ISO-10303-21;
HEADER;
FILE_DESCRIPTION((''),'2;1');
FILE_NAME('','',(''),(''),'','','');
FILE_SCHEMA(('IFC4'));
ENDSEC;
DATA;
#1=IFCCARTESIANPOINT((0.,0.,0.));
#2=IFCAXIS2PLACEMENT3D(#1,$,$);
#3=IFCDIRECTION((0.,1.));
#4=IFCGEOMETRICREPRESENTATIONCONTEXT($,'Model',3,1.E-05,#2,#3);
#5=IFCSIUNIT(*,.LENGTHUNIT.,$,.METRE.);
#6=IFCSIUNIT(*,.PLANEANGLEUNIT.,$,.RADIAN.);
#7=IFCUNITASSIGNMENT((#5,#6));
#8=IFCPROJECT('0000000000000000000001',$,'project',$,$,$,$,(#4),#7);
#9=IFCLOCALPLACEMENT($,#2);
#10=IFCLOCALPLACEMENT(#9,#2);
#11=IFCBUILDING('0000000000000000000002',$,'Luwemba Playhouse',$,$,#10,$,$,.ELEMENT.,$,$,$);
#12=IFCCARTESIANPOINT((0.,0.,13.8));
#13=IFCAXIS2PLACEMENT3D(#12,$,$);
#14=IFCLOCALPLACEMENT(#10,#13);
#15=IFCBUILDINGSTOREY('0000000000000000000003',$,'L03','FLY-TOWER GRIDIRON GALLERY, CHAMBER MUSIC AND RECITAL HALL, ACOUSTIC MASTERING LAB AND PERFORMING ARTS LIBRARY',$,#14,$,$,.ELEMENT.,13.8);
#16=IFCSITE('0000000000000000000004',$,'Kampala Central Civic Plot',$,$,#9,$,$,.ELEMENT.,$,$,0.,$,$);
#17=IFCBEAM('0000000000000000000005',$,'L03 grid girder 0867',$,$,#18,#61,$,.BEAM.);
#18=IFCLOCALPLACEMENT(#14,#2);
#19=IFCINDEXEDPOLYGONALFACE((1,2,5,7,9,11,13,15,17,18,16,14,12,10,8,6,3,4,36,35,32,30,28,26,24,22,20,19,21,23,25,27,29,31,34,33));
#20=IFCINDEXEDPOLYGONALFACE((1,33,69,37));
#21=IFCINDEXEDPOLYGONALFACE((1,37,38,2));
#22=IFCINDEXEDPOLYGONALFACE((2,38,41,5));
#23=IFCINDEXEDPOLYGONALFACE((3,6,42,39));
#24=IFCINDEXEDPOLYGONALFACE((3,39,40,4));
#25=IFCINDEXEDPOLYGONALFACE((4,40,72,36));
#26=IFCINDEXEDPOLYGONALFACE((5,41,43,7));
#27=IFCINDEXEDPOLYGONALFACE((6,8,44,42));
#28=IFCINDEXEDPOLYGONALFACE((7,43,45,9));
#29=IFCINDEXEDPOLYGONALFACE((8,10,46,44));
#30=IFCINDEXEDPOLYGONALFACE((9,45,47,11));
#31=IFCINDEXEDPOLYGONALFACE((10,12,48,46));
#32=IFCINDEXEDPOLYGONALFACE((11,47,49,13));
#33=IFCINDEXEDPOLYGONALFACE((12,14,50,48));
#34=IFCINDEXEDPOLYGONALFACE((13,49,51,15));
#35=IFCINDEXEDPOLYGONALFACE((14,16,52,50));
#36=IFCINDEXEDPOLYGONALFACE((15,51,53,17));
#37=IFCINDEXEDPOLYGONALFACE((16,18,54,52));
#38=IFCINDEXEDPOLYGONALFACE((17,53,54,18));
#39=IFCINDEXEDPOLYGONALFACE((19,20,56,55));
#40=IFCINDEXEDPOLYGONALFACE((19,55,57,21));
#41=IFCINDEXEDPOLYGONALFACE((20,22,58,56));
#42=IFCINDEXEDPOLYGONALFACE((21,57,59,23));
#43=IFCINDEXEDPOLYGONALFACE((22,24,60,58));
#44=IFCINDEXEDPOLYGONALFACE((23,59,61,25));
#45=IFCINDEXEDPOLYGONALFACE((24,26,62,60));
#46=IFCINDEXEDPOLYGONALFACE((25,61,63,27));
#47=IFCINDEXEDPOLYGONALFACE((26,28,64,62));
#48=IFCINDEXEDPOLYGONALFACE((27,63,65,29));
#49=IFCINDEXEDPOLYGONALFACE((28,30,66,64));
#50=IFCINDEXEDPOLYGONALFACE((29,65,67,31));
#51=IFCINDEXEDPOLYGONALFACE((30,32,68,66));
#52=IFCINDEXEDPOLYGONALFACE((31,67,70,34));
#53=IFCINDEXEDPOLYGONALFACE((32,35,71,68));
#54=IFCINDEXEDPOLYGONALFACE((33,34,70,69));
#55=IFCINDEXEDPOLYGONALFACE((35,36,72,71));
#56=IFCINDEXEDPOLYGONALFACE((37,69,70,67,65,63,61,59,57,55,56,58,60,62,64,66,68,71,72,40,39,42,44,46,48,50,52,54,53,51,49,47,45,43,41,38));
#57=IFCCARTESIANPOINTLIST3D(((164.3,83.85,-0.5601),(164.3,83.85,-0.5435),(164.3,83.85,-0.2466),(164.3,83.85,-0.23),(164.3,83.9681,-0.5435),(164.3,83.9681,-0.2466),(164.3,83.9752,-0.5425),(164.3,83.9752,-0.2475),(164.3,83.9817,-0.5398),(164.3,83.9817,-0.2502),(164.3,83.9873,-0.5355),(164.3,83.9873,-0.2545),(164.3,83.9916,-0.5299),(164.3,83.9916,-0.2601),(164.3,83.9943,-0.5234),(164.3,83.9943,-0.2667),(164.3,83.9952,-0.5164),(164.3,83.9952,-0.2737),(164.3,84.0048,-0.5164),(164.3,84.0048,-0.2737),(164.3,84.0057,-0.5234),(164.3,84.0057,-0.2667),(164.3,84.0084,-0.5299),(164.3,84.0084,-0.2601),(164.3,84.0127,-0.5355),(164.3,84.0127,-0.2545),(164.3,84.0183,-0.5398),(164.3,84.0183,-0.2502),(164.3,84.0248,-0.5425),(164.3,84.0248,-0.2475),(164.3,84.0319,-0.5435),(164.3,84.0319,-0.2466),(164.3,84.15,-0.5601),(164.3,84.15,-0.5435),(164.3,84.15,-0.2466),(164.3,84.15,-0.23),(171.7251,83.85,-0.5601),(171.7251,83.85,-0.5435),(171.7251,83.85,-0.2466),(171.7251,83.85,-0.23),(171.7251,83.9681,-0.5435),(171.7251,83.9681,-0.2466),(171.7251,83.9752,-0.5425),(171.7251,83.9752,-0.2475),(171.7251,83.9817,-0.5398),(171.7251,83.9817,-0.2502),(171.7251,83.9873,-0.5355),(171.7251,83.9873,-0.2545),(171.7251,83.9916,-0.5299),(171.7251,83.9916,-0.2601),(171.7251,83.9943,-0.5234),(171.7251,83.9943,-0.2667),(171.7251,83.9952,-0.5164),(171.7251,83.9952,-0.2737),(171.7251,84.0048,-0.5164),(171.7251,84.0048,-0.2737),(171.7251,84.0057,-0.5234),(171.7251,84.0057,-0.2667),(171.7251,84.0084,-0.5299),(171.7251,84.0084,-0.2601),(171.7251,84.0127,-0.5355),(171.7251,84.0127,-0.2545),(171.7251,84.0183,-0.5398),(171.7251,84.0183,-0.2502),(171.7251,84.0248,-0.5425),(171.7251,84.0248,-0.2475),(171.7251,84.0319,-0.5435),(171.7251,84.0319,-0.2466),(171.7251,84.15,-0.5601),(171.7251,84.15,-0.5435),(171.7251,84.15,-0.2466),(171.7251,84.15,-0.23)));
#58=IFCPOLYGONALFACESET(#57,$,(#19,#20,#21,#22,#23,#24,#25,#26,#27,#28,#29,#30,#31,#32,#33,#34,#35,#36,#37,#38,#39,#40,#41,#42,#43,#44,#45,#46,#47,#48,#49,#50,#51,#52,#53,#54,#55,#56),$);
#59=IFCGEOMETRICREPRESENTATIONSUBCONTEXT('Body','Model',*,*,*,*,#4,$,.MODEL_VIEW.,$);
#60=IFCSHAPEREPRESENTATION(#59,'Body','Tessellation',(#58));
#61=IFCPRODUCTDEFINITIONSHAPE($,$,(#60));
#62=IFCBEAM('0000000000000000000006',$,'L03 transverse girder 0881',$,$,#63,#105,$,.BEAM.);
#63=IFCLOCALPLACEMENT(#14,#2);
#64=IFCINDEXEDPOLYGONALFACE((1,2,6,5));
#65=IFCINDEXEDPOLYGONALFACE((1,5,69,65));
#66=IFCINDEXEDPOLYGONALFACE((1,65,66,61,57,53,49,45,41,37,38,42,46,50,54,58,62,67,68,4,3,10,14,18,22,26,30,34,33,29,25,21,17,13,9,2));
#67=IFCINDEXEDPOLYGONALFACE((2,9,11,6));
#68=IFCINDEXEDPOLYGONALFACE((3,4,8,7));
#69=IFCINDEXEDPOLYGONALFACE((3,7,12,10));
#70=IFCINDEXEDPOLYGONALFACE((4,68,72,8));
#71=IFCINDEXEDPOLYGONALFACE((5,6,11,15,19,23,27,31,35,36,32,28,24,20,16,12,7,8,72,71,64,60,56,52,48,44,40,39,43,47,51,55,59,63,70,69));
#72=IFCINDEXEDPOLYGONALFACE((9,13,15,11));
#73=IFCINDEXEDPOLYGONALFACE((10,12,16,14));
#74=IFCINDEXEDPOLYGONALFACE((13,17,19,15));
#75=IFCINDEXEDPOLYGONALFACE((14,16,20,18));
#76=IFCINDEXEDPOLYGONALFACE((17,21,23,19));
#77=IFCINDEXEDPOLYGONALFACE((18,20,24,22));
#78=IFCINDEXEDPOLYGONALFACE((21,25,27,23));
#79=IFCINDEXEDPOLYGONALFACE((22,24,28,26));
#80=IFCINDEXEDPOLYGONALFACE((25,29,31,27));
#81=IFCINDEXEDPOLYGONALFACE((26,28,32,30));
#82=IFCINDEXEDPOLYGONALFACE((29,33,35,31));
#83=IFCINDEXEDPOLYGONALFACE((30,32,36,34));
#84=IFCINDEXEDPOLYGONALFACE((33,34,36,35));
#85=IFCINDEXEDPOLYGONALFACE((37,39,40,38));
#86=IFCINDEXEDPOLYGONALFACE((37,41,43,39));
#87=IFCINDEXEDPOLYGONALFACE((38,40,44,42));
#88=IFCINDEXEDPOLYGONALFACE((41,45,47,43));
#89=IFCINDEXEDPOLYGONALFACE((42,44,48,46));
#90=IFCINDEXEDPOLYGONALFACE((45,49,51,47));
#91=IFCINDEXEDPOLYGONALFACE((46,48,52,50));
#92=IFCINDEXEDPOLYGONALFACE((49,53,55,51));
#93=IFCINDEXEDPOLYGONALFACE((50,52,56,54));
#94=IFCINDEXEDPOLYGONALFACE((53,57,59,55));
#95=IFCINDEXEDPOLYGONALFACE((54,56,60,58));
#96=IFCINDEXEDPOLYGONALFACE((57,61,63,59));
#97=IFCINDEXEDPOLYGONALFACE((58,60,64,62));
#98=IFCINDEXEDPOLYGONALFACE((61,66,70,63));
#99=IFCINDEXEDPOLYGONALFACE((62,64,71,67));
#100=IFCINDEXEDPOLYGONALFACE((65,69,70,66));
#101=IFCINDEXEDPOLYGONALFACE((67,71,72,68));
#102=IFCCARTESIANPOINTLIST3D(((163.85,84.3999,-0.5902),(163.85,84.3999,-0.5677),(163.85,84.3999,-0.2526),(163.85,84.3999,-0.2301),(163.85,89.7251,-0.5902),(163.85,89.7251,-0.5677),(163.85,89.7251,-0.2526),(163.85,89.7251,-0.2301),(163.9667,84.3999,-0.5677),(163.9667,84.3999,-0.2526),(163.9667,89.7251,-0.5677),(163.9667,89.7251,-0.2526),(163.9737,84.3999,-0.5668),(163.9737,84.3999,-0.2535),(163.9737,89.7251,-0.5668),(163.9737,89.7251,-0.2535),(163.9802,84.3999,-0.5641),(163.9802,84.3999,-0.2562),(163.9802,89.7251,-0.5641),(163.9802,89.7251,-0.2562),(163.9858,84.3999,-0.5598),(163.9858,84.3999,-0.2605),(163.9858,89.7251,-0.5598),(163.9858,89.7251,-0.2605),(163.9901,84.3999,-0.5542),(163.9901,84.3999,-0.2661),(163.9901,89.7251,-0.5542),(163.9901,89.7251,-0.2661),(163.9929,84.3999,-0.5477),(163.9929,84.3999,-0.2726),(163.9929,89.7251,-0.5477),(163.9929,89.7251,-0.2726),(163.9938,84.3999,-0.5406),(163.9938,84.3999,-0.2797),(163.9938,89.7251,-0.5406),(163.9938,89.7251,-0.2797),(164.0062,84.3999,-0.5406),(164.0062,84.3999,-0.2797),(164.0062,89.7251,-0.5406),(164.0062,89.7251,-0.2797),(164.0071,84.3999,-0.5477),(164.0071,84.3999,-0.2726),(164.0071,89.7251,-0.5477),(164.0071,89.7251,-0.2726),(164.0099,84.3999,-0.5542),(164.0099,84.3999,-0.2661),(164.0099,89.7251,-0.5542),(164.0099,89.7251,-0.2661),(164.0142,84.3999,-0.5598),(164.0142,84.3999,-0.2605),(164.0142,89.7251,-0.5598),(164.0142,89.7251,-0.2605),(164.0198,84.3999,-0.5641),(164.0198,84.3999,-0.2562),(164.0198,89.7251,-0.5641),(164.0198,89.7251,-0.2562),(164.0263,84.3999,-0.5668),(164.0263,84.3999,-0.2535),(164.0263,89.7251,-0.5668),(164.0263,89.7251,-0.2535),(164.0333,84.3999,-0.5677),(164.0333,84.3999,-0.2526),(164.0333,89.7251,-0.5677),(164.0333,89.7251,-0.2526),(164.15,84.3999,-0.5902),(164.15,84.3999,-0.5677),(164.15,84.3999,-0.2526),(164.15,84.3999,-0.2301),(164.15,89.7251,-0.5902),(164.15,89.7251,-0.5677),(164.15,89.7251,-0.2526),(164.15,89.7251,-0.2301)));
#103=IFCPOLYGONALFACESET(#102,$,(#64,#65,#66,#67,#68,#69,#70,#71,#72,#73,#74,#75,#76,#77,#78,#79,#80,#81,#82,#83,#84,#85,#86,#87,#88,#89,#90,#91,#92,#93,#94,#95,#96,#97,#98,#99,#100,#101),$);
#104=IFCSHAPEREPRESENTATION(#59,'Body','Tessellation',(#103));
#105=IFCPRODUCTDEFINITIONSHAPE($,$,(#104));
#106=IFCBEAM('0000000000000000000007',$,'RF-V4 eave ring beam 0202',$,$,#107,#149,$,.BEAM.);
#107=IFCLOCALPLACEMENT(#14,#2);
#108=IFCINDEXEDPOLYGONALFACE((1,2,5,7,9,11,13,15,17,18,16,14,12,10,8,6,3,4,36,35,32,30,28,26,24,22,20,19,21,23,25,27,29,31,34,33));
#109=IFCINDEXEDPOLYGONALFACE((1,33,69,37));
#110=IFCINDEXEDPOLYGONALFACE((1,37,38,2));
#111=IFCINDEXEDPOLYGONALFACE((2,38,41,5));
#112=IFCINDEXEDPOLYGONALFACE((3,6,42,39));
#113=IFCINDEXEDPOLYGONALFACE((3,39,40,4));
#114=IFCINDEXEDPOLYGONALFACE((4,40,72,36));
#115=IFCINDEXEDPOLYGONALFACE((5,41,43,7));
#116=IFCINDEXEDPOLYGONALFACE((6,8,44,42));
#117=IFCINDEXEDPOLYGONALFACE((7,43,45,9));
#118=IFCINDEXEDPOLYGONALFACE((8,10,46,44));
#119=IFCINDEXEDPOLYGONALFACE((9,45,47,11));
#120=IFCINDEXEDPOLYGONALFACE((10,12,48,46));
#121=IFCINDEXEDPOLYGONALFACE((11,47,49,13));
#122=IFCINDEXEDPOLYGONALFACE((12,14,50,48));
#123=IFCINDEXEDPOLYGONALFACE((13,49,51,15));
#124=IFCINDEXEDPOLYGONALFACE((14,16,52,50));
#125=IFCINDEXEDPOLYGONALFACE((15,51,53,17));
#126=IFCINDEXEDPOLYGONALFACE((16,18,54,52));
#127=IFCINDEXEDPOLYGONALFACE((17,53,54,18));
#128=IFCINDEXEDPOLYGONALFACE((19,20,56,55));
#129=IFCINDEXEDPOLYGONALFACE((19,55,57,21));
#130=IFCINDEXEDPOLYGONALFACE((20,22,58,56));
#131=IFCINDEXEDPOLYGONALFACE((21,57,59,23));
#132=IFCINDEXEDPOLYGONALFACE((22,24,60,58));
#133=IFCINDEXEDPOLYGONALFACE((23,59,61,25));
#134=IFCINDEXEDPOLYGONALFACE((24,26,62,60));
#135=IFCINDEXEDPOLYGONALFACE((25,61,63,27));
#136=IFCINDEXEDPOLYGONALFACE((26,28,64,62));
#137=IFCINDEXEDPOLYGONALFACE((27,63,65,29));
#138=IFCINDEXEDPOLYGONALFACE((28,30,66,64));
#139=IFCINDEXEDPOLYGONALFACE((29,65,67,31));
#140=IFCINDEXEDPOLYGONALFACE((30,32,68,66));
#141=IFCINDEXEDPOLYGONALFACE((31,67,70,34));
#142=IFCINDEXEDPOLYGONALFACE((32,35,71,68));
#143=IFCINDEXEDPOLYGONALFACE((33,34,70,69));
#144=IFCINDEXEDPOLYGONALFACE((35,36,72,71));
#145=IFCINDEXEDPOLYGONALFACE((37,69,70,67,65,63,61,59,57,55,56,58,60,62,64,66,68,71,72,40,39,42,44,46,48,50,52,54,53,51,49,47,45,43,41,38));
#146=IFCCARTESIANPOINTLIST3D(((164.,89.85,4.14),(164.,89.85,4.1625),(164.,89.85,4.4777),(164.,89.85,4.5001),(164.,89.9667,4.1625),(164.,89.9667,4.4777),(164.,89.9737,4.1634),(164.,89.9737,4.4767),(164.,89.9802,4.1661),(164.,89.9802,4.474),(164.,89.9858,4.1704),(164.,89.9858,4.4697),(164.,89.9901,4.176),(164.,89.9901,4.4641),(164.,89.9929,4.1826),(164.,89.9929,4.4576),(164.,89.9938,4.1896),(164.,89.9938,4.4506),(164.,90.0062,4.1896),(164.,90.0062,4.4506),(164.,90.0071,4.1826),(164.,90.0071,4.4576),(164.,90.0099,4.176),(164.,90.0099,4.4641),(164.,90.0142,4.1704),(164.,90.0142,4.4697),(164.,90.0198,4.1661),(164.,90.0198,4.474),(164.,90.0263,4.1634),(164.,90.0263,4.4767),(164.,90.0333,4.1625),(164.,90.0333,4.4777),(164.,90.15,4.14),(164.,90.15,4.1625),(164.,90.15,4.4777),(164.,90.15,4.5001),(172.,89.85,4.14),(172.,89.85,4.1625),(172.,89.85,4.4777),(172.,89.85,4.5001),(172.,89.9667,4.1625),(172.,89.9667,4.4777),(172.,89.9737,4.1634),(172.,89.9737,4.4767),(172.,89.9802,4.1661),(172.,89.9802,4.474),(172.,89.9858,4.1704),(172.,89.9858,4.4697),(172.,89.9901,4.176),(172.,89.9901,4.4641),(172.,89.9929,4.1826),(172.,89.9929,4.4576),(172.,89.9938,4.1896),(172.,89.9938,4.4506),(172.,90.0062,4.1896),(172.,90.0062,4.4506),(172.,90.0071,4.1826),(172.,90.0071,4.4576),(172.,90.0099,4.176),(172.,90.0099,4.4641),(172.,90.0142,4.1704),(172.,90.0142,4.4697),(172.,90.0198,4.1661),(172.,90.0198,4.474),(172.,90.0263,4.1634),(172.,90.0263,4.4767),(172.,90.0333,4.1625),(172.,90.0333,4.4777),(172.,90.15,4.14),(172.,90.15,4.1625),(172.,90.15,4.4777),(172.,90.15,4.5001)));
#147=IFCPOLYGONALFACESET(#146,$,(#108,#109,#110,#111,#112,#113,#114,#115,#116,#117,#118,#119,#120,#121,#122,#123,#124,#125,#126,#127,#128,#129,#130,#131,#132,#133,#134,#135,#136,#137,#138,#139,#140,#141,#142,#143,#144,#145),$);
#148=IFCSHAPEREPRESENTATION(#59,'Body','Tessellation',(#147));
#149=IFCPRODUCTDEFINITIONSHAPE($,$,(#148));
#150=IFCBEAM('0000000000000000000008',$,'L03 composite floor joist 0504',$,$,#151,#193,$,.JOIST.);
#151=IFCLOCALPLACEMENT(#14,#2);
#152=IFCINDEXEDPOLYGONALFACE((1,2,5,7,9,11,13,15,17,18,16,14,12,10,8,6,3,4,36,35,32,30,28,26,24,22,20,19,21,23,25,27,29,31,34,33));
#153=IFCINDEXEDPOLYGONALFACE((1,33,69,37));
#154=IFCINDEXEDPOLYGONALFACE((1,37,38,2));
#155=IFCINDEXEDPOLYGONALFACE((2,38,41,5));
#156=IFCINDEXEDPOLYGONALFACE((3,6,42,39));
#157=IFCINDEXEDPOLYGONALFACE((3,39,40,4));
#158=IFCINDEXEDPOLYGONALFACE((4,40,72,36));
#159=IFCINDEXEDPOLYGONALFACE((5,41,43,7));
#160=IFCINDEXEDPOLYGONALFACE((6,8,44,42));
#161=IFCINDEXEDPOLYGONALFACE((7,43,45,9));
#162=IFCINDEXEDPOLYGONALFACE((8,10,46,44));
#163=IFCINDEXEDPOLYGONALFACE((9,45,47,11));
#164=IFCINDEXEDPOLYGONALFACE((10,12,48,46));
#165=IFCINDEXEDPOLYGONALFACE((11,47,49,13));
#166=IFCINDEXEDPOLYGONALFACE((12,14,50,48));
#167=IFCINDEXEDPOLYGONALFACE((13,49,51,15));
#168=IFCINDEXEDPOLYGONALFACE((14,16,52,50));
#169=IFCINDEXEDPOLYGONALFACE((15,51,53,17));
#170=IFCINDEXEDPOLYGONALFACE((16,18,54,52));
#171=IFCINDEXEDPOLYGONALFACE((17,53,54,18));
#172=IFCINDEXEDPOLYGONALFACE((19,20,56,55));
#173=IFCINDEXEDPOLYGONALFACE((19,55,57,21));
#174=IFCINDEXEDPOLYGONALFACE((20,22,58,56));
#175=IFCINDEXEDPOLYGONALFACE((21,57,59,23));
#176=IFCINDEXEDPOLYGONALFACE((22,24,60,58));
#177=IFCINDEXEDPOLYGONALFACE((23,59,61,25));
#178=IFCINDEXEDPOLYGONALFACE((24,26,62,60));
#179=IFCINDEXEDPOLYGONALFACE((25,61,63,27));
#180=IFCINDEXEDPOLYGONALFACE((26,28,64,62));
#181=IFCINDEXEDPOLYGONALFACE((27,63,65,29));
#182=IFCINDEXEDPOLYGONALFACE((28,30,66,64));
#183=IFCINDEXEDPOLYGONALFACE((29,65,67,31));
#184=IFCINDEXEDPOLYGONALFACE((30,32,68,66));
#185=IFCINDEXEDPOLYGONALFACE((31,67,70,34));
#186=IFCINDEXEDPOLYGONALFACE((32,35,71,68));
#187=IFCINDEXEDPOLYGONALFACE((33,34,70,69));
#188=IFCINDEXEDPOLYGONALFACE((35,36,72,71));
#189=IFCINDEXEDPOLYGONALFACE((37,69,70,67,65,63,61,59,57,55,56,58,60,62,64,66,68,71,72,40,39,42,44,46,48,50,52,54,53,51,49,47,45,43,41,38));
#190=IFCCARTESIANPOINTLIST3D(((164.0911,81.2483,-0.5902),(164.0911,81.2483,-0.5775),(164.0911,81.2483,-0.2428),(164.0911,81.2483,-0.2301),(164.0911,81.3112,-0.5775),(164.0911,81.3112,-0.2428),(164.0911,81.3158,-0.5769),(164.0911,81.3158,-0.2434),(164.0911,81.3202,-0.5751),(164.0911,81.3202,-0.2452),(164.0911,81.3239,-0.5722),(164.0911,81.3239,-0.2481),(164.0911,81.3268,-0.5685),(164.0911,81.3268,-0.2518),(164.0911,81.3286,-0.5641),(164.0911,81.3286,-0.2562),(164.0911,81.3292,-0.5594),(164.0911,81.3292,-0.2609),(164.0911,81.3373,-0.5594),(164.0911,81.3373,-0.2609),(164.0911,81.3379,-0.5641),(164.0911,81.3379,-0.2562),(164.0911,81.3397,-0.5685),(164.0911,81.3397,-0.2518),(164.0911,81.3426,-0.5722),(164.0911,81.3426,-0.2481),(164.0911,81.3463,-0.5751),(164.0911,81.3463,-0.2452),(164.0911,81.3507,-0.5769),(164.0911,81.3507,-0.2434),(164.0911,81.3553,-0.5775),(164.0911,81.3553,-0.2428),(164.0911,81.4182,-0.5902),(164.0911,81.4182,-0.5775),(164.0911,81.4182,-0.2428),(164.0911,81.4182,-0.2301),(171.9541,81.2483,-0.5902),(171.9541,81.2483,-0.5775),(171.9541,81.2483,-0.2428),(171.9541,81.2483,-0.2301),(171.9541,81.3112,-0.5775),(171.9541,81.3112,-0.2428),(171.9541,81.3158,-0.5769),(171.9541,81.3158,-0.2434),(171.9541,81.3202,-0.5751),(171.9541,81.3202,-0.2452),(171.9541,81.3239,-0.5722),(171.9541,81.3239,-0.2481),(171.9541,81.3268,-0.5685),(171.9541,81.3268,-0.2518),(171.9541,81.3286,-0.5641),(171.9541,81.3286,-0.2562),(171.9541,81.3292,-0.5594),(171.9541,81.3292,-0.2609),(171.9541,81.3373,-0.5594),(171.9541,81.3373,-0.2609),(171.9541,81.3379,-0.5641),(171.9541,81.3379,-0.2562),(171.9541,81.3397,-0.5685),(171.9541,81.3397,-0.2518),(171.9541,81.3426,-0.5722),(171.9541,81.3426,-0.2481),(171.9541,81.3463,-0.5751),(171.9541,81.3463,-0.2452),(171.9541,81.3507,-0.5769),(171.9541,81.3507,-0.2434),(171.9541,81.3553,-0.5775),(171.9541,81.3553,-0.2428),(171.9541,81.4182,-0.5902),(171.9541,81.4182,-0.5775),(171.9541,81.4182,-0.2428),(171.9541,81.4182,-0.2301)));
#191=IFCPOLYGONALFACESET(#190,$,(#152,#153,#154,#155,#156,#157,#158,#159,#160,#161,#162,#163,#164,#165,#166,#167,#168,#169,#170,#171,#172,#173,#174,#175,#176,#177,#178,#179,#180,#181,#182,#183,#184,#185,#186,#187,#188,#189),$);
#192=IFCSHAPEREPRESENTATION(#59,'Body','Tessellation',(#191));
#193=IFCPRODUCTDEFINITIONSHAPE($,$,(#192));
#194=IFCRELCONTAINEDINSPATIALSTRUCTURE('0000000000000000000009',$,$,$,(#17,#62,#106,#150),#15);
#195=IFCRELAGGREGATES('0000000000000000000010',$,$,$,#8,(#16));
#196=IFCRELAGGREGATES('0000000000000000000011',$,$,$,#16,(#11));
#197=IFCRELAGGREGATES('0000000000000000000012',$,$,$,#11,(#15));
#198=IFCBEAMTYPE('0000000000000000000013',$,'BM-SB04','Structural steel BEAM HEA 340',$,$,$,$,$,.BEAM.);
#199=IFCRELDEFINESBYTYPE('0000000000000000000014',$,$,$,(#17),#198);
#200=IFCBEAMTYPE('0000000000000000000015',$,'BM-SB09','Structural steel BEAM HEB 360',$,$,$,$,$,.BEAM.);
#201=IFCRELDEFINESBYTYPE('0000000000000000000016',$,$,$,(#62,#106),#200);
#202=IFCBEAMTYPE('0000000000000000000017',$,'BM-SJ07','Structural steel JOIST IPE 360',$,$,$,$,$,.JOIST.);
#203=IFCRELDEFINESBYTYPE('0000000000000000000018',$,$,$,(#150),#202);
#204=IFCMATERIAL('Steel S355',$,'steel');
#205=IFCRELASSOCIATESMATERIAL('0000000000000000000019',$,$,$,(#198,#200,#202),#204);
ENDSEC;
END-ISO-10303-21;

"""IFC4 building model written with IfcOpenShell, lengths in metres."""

from ifc_helpers import new_model, si_unit, direction, frame, origin, origin_2d, place, context, subcontext, project, spatial, i_section, extrude, material, material_profile, profile_set, type_object, element, save


model = new_model("IFC4")

# Units and contexts
model_context = context("Model", 3, precision=1e-05, world=origin(), true_north=direction((0.0, 1.0)))
body_context = subcontext(model_context, "Body", "Model", "MODEL_VIEW")
ifc_project = project(units=[si_unit("LENGTHUNIT", "METRE"), si_unit("PLANEANGLEUNIT", "RADIAN")], contexts=[model_context])

# Site, building, storey
site_placement = place(None, origin())
site = spatial("IfcSite", under=ifc_project, at=site_placement, Name="Kampala Central Civic Plot", CompositionType="ELEMENT", RefElevation=0.0)
building_placement = place(site_placement, origin())
building = spatial("IfcBuilding", under=site, at=building_placement, Name="Luwemba Playhouse", CompositionType="ELEMENT")
storey_placement = place(building_placement, frame((0.0, 0.0, 13.8)))
storey = spatial("IfcBuildingStorey", under=building, at=storey_placement, Name="L03", Description="FLY-TOWER GRIDIRON GALLERY, CHAMBER MUSIC AND RECITAL HALL, ACOUSTIC MASTERING LAB AND PERFORMING ARTS LIBRARY", CompositionType="ELEMENT", Elevation=13.8)

# Beams
ifc_material_1 = material(Name="Steel S355", Category="steel")
ifc_material_profile_1 = material_profile(ifc_material_1, i_section(OverallWidth=0.3, OverallDepth=0.3301, WebThickness=0.0095, FlangeThickness=0.0166, FilletRadius=0.0271, at=origin_2d()))
ifc_profile_set_1 = profile_set([ifc_material_profile_1], Name="Steel S355")
beam_type_1 = type_object("IfcBeamType", Name="BM-SB04", Description="Structural steel BEAM HEA 340", PredefinedType="BEAM", material=ifc_profile_set_1)
beam_1_placement = place(storey_placement, frame((164.3, 84.0, -0.395), z_axis=(1.0, 0.0, 0.0), x_axis=(0.0, 1.0, 0.0)))
element("IfcBeam", 1, at=beam_1_placement, inside=storey, type_object=beam_type_1, Name="L03 grid girder 0867", PredefinedType="BEAM", context=body_context, shape_type="SweptSolid", body=[
    extrude(i_section(OverallWidth=0.3, OverallDepth=0.3301, WebThickness=0.0095, FlangeThickness=0.0166, FilletRadius=0.0271, at=origin_2d()), origin(), (0.0, 0.0, 1.0), 7.425),
])
ifc_material_profile_2 = material_profile(ifc_material_1, i_section(OverallWidth=0.3, OverallDepth=0.3601, WebThickness=0.0125, FlangeThickness=0.0225, FilletRadius=0.0271, at=origin_2d()))
ifc_profile_set_2 = profile_set([ifc_material_profile_2], Name="Steel S355")
beam_type_2 = type_object("IfcBeamType", Name="BM-SB09", Description="Structural steel BEAM HEB 360", PredefinedType="BEAM", material=ifc_profile_set_2)
beam_2_placement = place(storey_placement, frame((164.0, 84.3999, -0.4102), z_axis=(0.0, 1.0, 0.0), x_axis=(-1.0, 0.0, 0.0)))
element("IfcBeam", 2, at=beam_2_placement, inside=storey, type_object=beam_type_2, Name="L03 transverse girder 0881", PredefinedType="BEAM", context=body_context, shape_type="SweptSolid", body=[
    extrude(i_section(OverallWidth=0.3, OverallDepth=0.3601, WebThickness=0.0125, FlangeThickness=0.0225, FilletRadius=0.0271, at=origin_2d()), origin(), (0.0, 0.0, 1.0), 5.3252),
])
beam_3_placement = place(storey_placement, frame((164.0, 90.0, 4.3201), z_axis=(1.0, 0.0, 0.0), x_axis=(0.0, 1.0, 0.0)))
element("IfcBeam", 3, at=beam_3_placement, inside=storey, type_object=beam_type_2, Name="RF-V4 eave ring beam 0202", PredefinedType="BEAM", context=body_context, shape_type="SweptSolid", body=[
    extrude(i_section(OverallWidth=0.3, OverallDepth=0.3601, WebThickness=0.0125, FlangeThickness=0.0225, FilletRadius=0.0271, at=origin_2d()), origin(), (0.0, 0.0, 1.0), 8.0),
])
ifc_material_profile_3 = material_profile(ifc_material_1, i_section(OverallWidth=0.1699, OverallDepth=0.3601, WebThickness=0.0081, FlangeThickness=0.0127, FilletRadius=0.0181, at=origin_2d()))
ifc_profile_set_3 = profile_set([ifc_material_profile_3], Name="Steel S355")
beam_type_3 = type_object("IfcBeamType", Name="BM-SJ07", Description="Structural steel JOIST IPE 360", PredefinedType="JOIST", material=ifc_profile_set_3)
beam_4_placement = place(storey_placement, frame((164.0911, 81.3333, -0.4102), z_axis=(1.0, 0.0, 0.0), x_axis=(0.0, 1.0, 0.0)))
element("IfcBeam", 4, at=beam_4_placement, inside=storey, type_object=beam_type_3, Name="L03 composite floor joist 0504", PredefinedType="JOIST", context=body_context, shape_type="SweptSolid", body=[
    extrude(i_section(OverallWidth=0.1699, OverallDepth=0.3601, WebThickness=0.0081, FlangeThickness=0.0127, FilletRadius=0.0181, at=origin_2d()), origin(), (0.0, 0.0, 1.0), 7.863),
])

save(model, "model.ifc")
